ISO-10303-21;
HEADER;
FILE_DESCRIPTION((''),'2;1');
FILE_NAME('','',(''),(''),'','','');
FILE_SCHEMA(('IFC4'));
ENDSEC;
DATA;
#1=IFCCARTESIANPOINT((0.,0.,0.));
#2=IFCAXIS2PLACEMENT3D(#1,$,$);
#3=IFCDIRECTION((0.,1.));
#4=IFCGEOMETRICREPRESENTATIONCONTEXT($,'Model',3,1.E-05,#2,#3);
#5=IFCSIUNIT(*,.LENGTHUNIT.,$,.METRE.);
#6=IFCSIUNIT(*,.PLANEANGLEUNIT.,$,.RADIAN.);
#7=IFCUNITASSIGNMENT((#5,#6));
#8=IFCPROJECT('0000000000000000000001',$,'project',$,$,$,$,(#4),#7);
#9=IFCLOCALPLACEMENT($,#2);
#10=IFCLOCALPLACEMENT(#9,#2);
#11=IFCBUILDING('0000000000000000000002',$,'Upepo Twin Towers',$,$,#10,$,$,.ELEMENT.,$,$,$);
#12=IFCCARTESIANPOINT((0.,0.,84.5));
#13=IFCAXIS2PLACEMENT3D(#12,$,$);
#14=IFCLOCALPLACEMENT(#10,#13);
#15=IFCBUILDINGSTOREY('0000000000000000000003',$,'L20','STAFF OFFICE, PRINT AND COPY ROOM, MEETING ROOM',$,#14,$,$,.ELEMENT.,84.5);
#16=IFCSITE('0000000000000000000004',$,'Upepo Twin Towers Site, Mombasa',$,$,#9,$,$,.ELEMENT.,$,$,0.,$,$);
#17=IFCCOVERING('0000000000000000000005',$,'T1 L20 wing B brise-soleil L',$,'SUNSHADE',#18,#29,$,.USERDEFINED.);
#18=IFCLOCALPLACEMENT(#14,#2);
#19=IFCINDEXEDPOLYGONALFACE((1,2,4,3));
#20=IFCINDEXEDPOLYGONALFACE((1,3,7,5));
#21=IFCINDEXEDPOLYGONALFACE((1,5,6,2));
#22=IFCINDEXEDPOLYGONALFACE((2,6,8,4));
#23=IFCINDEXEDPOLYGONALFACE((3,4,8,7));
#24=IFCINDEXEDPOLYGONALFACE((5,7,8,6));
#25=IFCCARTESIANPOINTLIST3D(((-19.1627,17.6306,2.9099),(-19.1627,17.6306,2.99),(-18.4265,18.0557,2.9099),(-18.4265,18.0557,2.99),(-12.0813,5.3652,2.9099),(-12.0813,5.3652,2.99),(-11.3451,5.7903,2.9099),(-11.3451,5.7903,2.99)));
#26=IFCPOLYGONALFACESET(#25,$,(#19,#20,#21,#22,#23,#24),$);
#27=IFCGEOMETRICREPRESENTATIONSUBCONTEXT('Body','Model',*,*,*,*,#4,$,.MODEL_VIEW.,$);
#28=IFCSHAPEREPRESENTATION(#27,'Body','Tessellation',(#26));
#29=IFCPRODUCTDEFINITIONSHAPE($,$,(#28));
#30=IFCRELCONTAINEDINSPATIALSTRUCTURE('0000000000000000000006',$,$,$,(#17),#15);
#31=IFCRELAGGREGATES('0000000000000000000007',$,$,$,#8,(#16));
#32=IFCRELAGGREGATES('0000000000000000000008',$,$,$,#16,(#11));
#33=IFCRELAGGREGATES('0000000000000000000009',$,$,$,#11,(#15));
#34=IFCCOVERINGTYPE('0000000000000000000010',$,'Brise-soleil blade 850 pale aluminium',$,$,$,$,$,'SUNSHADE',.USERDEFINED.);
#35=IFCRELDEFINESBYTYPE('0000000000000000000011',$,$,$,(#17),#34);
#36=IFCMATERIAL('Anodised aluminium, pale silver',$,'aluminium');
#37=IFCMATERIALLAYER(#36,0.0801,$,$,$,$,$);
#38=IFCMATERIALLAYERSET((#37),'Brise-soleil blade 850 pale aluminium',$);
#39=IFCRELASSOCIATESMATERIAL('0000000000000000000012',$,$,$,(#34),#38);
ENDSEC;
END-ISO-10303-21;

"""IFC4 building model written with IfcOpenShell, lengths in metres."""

from ifc_helpers import new_model, si_unit, direction, frame, origin, origin_2d, place, context, subcontext, project, spatial, rectangle, extrude, material, layer, layer_set, type_object, element, save


model = new_model("IFC4")

# Units and contexts
model_context = context("Model", 3, precision=1e-05, world=origin(), true_north=direction((0.0, 1.0)))
body_context = subcontext(model_context, "Body", "Model", "MODEL_VIEW")
ifc_project = project(units=[si_unit("LENGTHUNIT", "METRE"), si_unit("PLANEANGLEUNIT", "RADIAN")], contexts=[model_context])

# Site, building, storey
site_placement = place(None, origin())
site = spatial("IfcSite", under=ifc_project, at=site_placement, Name="Upepo Twin Towers Site, Mombasa", CompositionType="ELEMENT", RefElevation=0.0)
building_placement = place(site_placement, origin())
building = spatial("IfcBuilding", under=site, at=building_placement, Name="Upepo Twin Towers", CompositionType="ELEMENT")
storey_placement = place(building_placement, frame((0.0, 0.0, 84.5)))
storey = spatial("IfcBuildingStorey", under=building, at=storey_placement, Name="L20", Description="STAFF OFFICE, PRINT AND COPY ROOM, MEETING ROOM", CompositionType="ELEMENT", Elevation=84.5)

# Covering
ifc_material_1 = material(Name="Anodised aluminium, pale silver", Category="aluminium")
ifc_layer_1 = layer(ifc_material_1, 0.0801)
ifc_layer_set_1 = layer_set([ifc_layer_1], Name="Brise-soleil blade 850 pale aluminium")
covering_type = type_object("IfcCoveringType", Name="Brise-soleil blade 850 pale aluminium", ElementType="SUNSHADE", PredefinedType="USERDEFINED", material=ifc_layer_set_1)
covering_placement = place(storey_placement, frame((-15.2539, 11.7104, 2.9099), z_axis=(0.0, 0.0, 1.0), x_axis=(-0.5, 0.866025, 0.0)))
element("IfcCovering", 1, at=covering_placement, inside=storey, type_object=covering_type, Name="T1 L20 wing B brise-soleil L", ObjectType="SUNSHADE", PredefinedType="USERDEFINED", context=body_context, shape_type="SweptSolid", body=[
    extrude(rectangle(XDim=14.1628, YDim=0.8501, at=origin_2d()), origin(), (0.0, 0.0, 1.0), 0.0801),
])

save(model, "model.ifc")
